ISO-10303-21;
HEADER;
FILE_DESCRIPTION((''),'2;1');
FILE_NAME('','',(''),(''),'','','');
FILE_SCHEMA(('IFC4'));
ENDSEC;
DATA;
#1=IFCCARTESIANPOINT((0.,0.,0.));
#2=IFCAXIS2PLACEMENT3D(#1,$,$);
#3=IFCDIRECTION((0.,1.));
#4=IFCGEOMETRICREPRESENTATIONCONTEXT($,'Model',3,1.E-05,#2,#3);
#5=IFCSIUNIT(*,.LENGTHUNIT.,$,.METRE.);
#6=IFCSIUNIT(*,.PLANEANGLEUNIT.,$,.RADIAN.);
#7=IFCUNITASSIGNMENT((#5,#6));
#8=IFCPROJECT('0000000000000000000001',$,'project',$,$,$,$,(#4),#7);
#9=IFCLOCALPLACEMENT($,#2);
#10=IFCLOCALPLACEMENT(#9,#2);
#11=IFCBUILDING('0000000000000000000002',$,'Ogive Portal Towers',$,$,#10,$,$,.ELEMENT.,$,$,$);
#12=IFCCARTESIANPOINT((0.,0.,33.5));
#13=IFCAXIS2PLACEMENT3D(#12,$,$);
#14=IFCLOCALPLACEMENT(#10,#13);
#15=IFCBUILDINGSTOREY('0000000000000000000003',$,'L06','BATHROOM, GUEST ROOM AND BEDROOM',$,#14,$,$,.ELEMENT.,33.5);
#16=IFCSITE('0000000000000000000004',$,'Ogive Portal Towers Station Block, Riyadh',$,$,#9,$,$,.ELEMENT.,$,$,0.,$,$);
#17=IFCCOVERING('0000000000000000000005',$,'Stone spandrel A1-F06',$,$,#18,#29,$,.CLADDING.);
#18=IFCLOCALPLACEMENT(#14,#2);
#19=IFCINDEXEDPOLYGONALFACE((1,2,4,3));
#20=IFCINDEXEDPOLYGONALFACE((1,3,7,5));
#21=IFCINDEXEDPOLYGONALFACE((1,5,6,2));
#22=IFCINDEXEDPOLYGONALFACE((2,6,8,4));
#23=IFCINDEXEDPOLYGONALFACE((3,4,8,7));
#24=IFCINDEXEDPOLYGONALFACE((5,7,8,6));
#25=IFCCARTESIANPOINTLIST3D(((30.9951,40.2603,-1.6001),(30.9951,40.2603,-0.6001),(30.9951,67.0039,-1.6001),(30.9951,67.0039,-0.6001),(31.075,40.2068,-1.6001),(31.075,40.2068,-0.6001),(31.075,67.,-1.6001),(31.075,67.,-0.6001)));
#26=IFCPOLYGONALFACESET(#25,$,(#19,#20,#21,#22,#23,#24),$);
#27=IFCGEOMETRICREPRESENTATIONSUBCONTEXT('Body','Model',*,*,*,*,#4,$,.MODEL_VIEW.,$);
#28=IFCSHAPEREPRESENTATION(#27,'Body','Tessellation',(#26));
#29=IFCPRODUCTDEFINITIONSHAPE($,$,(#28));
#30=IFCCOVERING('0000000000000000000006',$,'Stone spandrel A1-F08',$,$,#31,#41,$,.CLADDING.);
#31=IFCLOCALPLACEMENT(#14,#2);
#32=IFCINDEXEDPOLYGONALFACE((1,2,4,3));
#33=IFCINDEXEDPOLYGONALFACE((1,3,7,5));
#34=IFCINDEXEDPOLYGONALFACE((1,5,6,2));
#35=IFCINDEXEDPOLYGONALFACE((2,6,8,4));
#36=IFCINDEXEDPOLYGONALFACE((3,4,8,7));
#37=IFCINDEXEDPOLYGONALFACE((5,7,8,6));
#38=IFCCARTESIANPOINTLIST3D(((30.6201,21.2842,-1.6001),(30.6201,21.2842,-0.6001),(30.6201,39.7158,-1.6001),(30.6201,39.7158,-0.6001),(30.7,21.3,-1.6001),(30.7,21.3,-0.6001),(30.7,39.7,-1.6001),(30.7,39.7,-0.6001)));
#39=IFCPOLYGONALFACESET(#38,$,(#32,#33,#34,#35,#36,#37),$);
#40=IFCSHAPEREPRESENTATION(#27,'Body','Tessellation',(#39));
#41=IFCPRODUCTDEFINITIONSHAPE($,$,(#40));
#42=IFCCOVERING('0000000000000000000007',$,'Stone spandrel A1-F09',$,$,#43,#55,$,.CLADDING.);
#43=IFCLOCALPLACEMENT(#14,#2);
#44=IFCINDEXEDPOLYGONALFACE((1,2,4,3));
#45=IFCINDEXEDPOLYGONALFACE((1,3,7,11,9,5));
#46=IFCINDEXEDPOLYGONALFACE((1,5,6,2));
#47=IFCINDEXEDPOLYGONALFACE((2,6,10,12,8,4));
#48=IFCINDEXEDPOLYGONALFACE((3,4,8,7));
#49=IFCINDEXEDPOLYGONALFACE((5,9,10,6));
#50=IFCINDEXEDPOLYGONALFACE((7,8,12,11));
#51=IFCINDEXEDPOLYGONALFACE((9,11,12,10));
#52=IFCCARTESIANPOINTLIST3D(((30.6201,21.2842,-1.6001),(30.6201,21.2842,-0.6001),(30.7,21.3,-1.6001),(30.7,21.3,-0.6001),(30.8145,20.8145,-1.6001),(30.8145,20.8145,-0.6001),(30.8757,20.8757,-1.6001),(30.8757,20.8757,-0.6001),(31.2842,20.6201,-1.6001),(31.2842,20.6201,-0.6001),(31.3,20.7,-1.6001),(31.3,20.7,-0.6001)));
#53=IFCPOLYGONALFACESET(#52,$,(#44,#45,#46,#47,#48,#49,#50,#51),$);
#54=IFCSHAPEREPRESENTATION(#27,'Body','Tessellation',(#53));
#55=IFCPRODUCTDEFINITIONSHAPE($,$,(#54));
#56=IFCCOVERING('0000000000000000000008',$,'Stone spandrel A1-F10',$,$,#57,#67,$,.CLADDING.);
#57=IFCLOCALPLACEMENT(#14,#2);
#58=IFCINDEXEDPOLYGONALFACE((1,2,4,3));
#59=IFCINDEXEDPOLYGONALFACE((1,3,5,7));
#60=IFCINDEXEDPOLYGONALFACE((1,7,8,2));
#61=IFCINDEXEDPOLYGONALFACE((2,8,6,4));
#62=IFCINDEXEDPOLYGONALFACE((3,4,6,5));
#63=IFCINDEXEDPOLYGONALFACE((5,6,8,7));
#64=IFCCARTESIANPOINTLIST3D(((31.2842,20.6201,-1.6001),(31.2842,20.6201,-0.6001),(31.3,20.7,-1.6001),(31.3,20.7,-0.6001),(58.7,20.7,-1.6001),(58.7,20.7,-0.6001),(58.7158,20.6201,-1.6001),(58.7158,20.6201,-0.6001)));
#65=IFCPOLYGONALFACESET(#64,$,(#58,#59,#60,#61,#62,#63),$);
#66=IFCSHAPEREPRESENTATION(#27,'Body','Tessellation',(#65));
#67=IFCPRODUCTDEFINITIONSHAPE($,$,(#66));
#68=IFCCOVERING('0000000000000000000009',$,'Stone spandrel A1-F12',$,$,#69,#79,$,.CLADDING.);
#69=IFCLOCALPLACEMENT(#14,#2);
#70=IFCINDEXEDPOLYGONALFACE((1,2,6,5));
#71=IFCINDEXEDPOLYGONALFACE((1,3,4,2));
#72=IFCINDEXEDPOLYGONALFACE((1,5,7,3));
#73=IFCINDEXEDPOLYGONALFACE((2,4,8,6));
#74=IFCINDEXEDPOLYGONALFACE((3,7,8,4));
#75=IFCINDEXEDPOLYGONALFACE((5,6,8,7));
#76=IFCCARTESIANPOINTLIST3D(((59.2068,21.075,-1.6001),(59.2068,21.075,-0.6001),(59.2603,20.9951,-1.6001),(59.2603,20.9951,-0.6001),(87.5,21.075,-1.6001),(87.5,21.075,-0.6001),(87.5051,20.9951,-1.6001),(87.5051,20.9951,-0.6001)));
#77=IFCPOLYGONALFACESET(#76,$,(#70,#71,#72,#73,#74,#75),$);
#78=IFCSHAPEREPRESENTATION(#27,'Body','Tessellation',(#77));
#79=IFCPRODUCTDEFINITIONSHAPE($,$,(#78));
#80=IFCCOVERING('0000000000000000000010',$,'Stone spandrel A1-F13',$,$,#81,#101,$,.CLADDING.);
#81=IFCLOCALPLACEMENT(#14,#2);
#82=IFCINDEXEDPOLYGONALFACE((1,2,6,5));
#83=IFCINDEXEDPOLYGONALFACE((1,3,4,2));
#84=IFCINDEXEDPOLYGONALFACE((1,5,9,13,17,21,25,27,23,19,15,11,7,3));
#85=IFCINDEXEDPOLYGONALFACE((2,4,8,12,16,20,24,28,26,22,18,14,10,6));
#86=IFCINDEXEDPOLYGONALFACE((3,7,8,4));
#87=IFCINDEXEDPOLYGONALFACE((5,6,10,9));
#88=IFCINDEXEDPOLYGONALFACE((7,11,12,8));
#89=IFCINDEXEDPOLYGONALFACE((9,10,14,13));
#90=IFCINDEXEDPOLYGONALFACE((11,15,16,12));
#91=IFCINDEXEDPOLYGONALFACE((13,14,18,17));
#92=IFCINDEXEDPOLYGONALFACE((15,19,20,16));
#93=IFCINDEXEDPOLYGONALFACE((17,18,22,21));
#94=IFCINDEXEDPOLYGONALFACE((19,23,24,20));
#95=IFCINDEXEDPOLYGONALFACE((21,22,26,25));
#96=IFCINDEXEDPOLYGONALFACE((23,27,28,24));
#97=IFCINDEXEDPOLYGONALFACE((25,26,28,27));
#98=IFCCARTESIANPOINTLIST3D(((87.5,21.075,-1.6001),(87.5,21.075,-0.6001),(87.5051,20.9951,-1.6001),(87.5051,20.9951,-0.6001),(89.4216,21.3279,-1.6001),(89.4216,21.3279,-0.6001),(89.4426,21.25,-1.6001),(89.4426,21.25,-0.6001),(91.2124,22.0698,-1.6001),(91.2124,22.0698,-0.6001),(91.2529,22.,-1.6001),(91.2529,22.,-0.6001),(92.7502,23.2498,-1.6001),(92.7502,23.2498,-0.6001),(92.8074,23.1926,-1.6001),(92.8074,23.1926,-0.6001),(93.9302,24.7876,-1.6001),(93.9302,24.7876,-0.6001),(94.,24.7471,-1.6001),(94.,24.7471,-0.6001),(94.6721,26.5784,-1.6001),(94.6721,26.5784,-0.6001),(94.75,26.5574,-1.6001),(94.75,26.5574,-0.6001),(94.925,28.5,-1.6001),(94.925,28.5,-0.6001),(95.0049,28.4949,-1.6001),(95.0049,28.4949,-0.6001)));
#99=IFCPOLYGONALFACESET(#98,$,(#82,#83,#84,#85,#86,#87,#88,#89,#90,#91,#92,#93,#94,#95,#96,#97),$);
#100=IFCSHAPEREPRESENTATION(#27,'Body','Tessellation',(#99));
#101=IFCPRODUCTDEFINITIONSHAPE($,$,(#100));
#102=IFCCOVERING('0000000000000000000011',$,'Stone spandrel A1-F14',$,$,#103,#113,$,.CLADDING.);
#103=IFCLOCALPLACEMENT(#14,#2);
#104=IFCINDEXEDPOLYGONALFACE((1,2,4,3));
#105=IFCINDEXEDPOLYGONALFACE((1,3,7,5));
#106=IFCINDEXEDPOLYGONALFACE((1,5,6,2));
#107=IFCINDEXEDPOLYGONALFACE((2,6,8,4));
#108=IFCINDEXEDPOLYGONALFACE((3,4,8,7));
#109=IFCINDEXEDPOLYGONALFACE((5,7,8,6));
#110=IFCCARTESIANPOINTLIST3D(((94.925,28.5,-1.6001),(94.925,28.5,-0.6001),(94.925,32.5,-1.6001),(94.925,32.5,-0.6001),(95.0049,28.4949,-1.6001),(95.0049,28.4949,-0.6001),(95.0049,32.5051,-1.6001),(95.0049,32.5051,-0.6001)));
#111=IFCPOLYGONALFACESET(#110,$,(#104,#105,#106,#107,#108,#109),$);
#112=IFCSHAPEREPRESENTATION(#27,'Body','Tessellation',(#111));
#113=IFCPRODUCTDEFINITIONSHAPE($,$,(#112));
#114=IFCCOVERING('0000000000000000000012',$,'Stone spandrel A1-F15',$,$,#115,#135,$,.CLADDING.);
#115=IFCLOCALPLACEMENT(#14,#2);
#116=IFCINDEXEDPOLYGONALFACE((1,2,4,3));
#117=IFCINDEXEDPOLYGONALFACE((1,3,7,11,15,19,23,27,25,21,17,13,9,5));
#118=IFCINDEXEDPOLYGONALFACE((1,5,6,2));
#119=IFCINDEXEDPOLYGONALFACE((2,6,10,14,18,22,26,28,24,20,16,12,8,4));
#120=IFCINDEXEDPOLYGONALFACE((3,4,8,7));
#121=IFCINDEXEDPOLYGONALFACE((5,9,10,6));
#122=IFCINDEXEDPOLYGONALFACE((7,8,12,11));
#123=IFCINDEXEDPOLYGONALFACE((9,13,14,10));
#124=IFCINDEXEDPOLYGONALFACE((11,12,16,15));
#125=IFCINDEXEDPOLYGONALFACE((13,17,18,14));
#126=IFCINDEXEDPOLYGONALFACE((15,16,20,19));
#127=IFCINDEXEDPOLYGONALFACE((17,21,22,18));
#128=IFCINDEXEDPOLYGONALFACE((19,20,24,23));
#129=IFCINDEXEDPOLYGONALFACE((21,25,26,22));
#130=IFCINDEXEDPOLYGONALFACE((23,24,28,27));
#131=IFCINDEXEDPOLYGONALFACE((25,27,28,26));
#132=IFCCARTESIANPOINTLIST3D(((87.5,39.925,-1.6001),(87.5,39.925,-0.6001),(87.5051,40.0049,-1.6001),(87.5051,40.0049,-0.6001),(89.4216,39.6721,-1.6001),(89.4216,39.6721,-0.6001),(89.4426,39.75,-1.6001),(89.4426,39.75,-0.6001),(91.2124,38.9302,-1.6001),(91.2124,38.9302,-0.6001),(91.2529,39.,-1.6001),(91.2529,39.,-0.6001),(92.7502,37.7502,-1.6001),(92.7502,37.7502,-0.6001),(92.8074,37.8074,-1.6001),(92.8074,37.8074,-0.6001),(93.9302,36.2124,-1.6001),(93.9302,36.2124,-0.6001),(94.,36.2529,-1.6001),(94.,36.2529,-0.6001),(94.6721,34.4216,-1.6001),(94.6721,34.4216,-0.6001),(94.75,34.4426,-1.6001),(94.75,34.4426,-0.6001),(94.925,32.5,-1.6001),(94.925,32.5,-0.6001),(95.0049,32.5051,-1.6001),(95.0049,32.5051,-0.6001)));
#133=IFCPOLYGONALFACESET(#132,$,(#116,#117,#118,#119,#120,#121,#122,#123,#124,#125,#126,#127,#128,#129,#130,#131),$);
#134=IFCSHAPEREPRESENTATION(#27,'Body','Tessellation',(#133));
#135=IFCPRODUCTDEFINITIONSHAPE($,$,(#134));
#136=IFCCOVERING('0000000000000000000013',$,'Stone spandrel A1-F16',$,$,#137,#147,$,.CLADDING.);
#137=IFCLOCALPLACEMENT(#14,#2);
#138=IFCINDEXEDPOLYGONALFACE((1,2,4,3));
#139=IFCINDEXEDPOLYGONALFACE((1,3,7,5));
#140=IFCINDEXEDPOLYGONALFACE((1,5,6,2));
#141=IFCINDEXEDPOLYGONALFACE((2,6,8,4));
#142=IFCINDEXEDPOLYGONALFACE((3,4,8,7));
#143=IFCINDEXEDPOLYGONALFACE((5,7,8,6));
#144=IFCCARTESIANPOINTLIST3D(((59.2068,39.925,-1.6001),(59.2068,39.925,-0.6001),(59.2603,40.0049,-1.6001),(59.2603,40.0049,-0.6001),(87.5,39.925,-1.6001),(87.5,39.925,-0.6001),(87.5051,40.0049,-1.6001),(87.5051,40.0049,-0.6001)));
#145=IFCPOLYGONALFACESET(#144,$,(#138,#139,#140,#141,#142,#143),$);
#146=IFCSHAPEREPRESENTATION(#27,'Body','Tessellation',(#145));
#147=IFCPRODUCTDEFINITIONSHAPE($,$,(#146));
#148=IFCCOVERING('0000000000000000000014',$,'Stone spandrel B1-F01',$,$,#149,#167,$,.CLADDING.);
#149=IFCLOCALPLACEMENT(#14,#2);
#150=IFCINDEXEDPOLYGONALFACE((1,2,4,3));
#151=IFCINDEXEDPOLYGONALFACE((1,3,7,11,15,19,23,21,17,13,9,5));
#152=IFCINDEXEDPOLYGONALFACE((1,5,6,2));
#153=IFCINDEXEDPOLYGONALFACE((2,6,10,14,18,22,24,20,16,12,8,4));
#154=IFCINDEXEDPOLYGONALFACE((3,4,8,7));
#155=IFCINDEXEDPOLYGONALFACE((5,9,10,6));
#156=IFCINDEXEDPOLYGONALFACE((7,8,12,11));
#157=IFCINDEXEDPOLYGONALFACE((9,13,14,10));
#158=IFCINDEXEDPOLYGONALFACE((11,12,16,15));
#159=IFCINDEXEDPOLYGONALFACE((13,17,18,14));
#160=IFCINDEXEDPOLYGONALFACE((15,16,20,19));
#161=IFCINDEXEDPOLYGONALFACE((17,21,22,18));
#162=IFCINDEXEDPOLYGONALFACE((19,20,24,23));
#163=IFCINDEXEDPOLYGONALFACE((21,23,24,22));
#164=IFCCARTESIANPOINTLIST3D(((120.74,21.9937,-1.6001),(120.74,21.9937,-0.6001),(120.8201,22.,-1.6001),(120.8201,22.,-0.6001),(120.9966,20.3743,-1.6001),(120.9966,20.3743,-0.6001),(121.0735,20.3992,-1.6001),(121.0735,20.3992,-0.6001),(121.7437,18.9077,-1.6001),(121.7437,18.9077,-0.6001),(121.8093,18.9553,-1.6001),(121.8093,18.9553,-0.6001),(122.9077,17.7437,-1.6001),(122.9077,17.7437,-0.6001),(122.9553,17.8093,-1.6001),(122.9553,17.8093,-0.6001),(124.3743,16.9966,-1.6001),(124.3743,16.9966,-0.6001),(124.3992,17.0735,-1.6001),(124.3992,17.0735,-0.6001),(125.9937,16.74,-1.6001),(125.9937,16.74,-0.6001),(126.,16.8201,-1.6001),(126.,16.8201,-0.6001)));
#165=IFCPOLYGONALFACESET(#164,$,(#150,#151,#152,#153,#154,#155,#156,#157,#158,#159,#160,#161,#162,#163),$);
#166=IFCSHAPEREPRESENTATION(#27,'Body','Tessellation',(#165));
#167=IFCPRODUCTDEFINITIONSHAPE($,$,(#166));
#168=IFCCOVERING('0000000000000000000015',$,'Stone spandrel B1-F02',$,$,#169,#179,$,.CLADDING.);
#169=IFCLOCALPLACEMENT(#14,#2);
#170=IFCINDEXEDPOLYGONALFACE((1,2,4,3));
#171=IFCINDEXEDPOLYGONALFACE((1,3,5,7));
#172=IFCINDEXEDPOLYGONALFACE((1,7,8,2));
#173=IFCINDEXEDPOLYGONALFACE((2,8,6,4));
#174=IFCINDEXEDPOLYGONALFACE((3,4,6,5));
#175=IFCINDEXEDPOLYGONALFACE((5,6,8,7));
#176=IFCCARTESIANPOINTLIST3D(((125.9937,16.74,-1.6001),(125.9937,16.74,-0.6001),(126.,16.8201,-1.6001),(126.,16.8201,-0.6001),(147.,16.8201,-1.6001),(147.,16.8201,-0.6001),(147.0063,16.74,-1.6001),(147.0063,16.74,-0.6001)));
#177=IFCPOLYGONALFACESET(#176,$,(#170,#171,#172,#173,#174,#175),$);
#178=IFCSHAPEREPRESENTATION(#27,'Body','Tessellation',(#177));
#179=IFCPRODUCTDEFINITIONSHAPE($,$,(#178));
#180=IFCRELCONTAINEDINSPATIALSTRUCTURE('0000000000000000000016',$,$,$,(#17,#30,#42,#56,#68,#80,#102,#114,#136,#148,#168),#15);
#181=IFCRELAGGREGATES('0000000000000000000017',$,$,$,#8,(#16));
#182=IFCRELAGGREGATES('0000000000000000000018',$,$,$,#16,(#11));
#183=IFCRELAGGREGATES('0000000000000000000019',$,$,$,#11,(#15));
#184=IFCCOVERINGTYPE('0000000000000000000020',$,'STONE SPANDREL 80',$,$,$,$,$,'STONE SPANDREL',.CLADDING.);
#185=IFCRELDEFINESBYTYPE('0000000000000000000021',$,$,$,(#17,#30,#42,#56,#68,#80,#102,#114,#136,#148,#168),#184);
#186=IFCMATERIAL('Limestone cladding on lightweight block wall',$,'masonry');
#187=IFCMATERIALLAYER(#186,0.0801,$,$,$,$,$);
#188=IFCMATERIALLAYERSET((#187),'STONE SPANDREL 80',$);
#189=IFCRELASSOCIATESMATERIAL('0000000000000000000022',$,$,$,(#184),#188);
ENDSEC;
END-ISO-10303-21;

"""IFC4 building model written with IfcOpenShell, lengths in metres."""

from ifc_helpers import new_model, si_unit, direction, frame, origin, place, context, subcontext, project, spatial, polyline, outline, extrude, material, layer, layer_set, type_object, element, save


model = new_model("IFC4")

# Units and contexts
model_context = context("Model", 3, precision=1e-05, world=origin(), true_north=direction((0.0, 1.0)))
body_context = subcontext(model_context, "Body", "Model", "MODEL_VIEW")
ifc_project = project(units=[si_unit("LENGTHUNIT", "METRE"), si_unit("PLANEANGLEUNIT", "RADIAN")], contexts=[model_context])

# Site, building, storey
site_placement = place(None, origin())
site = spatial("IfcSite", under=ifc_project, at=site_placement, Name="Ogive Portal Towers Station Block, Riyadh", CompositionType="ELEMENT", RefElevation=0.0)
building_placement = place(site_placement, origin())
building = spatial("IfcBuilding", under=site, at=building_placement, Name="Ogive Portal Towers", CompositionType="ELEMENT")
storey_placement = place(building_placement, frame((0.0, 0.0, 33.5)))
storey = spatial("IfcBuildingStorey", under=building, at=storey_placement, Name="L06", Description="BATHROOM, GUEST ROOM AND BEDROOM", CompositionType="ELEMENT", Elevation=33.5)

# Coverings
ifc_material_1 = material(Name="Limestone cladding on lightweight block wall", Category="masonry")
ifc_layer_1 = layer(ifc_material_1, 0.0801)
ifc_layer_set_1 = layer_set([ifc_layer_1], Name="STONE SPANDREL 80")
covering_type_1 = type_object("IfcCoveringType", Name="STONE SPANDREL 80", ElementType="STONE SPANDREL", PredefinedType="CLADDING", material=ifc_layer_set_1)
covering_1_placement = place(storey_placement, frame((0.0, 0.0, -1.6001)))
element("IfcCovering", 1, at=covering_1_placement, inside=storey, type_object=covering_type_1, Name="Stone spandrel A1-F06", PredefinedType="CLADDING", context=body_context, shape_type="SweptSolid", body=[
    extrude(outline(polyline([(31.075, 67.0), (31.075, 40.2068), (30.9951, 40.2603), (30.9951, 67.0039), (31.075, 67.0)])), origin(), (0.0, 0.0, 1.0), 1.0),
])
covering_2_placement = place(storey_placement, frame((0.0, 0.0, -1.6001)))
element("IfcCovering", 2, at=covering_2_placement, inside=storey, type_object=covering_type_1, Name="Stone spandrel A1-F08", PredefinedType="CLADDING", context=body_context, shape_type="SweptSolid", body=[
    extrude(outline(polyline([(30.7, 39.7), (30.7, 21.3), (30.6201, 21.2842), (30.6201, 39.7158), (30.7, 39.7)])), origin(), (0.0, 0.0, 1.0), 1.0),
])
covering_3_placement = place(storey_placement, frame((0.0, 0.0, -1.6001)))
element("IfcCovering", 3, at=covering_3_placement, inside=storey, type_object=covering_type_1, Name="Stone spandrel A1-F09", PredefinedType="CLADDING", context=body_context, shape_type="SweptSolid", body=[
    extrude(outline(polyline([(30.7, 21.3), (30.8757, 20.8757), (31.3, 20.7), (31.2842, 20.6201), (30.8145, 20.8145), (30.6201, 21.2842), (30.7, 21.3)])), origin(), (0.0, 0.0, 1.0), 1.0),
])
covering_4_placement = place(storey_placement, frame((0.0, 0.0, -1.6001)))
element("IfcCovering", 4, at=covering_4_placement, inside=storey, type_object=covering_type_1, Name="Stone spandrel A1-F10", PredefinedType="CLADDING", context=body_context, shape_type="SweptSolid", body=[
    extrude(outline(polyline([(31.3, 20.7), (58.7, 20.7), (58.7158, 20.6201), (31.2842, 20.6201), (31.3, 20.7)])), origin(), (0.0, 0.0, 1.0), 1.0),
])
covering_5_placement = place(storey_placement, frame((0.0, 0.0, -1.6001)))
element("IfcCovering", 5, at=covering_5_placement, inside=storey, type_object=covering_type_1, Name="Stone spandrel A1-F12", PredefinedType="CLADDING", context=body_context, shape_type="SweptSolid", body=[
    extrude(outline(polyline([(59.2068, 21.075), (87.5, 21.075), (87.5051, 20.9951), (59.2603, 20.9951), (59.2068, 21.075)])), origin(), (0.0, 0.0, 1.0), 1.0),
])
covering_6_placement = place(storey_placement, frame((0.0, 0.0, -1.6001)))
element("IfcCovering", 6, at=covering_6_placement, inside=storey, type_object=covering_type_1, Name="Stone spandrel A1-F13", PredefinedType="CLADDING", context=body_context, shape_type="SweptSolid", body=[
    extrude(outline(polyline([(87.5, 21.075), (89.4216, 21.3279), (91.2124, 22.0698), (92.7502, 23.2498), (93.9302, 24.7876), (94.6721, 26.5784), (94.925, 28.5), (95.0049, 28.4949), (94.75, 26.5574), (94.0, 24.7471), (92.8074, 23.1926), (91.2529, 22.0), (89.4426, 21.25), (87.5051, 20.9951), (87.5, 21.075)])), origin(), (0.0, 0.0, 1.0), 1.0),
])
covering_7_placement = place(storey_placement, frame((0.0, 0.0, -1.6001)))
element("IfcCovering", 7, at=covering_7_placement, inside=storey, type_object=covering_type_1, Name="Stone spandrel A1-F14", PredefinedType="CLADDING", context=body_context, shape_type="SweptSolid", body=[
    extrude(outline(polyline([(94.925, 28.5), (94.925, 32.5), (95.0049, 32.5051), (95.0049, 28.4949), (94.925, 28.5)])), origin(), (0.0, 0.0, 1.0), 1.0),
])
covering_8_placement = place(storey_placement, frame((0.0, 0.0, -1.6001)))
element("IfcCovering", 8, at=covering_8_placement, inside=storey, type_object=covering_type_1, Name="Stone spandrel A1-F15", PredefinedType="CLADDING", context=body_context, shape_type="SweptSolid", body=[
    extrude(outline(polyline([(94.925, 32.5), (94.6721, 34.4216), (93.9302, 36.2124), (92.7502, 37.7502), (91.2124, 38.9302), (89.4216, 39.6721), (87.5, 39.925), (87.5051, 40.0049), (89.4426, 39.75), (91.2529, 39.0), (92.8074, 37.8074), (94.0, 36.2529), (94.75, 34.4426), (95.0049, 32.5051), (94.925, 32.5)])), origin(), (0.0, 0.0, 1.0), 1.0),
])
covering_9_placement = place(storey_placement, frame((0.0, 0.0, -1.6001)))
element("IfcCovering", 9, at=covering_9_placement, inside=storey, type_object=covering_type_1, Name="Stone spandrel A1-F16", PredefinedType="CLADDING", context=body_context, shape_type="SweptSolid", body=[
    extrude(outline(polyline([(87.5, 39.925), (59.2068, 39.925), (59.2603, 40.0049), (87.5051, 40.0049), (87.5, 39.925)])), origin(), (0.0, 0.0, 1.0), 1.0),
])
covering_10_placement = place(storey_placement, frame((0.0, 0.0, -1.6001)))
element("IfcCovering", 10, at=covering_10_placement, inside=storey, type_object=covering_type_1, Name="Stone spandrel B1-F01", PredefinedType="CLADDING", context=body_context, shape_type="SweptSolid", body=[
    extrude(outline(polyline([(120.8201, 22.0), (121.0735, 20.3992), (121.8093, 18.9553), (122.9553, 17.8093), (124.3992, 17.0735), (126.0, 16.8201), (125.9937, 16.74), (124.3743, 16.9966), (122.9077, 17.7437), (121.7437, 18.9077), (120.9966, 20.3743), (120.74, 21.9937), (120.8201, 22.0)])), origin(), (0.0, 0.0, 1.0), 1.0),
])
covering_11_placement = place(storey_placement, frame((0.0, 0.0, -1.6001)))
element("IfcCovering", 11, at=covering_11_placement, inside=storey, type_object=covering_type_1, Name="Stone spandrel B1-F02", PredefinedType="CLADDING", context=body_context, shape_type="SweptSolid", body=[
    extrude(outline(polyline([(126.0, 16.8201), (147.0, 16.8201), (147.0063, 16.74), (125.9937, 16.74), (126.0, 16.8201)])), origin(), (0.0, 0.0, 1.0), 1.0),
])

save(model, "model.ifc")
